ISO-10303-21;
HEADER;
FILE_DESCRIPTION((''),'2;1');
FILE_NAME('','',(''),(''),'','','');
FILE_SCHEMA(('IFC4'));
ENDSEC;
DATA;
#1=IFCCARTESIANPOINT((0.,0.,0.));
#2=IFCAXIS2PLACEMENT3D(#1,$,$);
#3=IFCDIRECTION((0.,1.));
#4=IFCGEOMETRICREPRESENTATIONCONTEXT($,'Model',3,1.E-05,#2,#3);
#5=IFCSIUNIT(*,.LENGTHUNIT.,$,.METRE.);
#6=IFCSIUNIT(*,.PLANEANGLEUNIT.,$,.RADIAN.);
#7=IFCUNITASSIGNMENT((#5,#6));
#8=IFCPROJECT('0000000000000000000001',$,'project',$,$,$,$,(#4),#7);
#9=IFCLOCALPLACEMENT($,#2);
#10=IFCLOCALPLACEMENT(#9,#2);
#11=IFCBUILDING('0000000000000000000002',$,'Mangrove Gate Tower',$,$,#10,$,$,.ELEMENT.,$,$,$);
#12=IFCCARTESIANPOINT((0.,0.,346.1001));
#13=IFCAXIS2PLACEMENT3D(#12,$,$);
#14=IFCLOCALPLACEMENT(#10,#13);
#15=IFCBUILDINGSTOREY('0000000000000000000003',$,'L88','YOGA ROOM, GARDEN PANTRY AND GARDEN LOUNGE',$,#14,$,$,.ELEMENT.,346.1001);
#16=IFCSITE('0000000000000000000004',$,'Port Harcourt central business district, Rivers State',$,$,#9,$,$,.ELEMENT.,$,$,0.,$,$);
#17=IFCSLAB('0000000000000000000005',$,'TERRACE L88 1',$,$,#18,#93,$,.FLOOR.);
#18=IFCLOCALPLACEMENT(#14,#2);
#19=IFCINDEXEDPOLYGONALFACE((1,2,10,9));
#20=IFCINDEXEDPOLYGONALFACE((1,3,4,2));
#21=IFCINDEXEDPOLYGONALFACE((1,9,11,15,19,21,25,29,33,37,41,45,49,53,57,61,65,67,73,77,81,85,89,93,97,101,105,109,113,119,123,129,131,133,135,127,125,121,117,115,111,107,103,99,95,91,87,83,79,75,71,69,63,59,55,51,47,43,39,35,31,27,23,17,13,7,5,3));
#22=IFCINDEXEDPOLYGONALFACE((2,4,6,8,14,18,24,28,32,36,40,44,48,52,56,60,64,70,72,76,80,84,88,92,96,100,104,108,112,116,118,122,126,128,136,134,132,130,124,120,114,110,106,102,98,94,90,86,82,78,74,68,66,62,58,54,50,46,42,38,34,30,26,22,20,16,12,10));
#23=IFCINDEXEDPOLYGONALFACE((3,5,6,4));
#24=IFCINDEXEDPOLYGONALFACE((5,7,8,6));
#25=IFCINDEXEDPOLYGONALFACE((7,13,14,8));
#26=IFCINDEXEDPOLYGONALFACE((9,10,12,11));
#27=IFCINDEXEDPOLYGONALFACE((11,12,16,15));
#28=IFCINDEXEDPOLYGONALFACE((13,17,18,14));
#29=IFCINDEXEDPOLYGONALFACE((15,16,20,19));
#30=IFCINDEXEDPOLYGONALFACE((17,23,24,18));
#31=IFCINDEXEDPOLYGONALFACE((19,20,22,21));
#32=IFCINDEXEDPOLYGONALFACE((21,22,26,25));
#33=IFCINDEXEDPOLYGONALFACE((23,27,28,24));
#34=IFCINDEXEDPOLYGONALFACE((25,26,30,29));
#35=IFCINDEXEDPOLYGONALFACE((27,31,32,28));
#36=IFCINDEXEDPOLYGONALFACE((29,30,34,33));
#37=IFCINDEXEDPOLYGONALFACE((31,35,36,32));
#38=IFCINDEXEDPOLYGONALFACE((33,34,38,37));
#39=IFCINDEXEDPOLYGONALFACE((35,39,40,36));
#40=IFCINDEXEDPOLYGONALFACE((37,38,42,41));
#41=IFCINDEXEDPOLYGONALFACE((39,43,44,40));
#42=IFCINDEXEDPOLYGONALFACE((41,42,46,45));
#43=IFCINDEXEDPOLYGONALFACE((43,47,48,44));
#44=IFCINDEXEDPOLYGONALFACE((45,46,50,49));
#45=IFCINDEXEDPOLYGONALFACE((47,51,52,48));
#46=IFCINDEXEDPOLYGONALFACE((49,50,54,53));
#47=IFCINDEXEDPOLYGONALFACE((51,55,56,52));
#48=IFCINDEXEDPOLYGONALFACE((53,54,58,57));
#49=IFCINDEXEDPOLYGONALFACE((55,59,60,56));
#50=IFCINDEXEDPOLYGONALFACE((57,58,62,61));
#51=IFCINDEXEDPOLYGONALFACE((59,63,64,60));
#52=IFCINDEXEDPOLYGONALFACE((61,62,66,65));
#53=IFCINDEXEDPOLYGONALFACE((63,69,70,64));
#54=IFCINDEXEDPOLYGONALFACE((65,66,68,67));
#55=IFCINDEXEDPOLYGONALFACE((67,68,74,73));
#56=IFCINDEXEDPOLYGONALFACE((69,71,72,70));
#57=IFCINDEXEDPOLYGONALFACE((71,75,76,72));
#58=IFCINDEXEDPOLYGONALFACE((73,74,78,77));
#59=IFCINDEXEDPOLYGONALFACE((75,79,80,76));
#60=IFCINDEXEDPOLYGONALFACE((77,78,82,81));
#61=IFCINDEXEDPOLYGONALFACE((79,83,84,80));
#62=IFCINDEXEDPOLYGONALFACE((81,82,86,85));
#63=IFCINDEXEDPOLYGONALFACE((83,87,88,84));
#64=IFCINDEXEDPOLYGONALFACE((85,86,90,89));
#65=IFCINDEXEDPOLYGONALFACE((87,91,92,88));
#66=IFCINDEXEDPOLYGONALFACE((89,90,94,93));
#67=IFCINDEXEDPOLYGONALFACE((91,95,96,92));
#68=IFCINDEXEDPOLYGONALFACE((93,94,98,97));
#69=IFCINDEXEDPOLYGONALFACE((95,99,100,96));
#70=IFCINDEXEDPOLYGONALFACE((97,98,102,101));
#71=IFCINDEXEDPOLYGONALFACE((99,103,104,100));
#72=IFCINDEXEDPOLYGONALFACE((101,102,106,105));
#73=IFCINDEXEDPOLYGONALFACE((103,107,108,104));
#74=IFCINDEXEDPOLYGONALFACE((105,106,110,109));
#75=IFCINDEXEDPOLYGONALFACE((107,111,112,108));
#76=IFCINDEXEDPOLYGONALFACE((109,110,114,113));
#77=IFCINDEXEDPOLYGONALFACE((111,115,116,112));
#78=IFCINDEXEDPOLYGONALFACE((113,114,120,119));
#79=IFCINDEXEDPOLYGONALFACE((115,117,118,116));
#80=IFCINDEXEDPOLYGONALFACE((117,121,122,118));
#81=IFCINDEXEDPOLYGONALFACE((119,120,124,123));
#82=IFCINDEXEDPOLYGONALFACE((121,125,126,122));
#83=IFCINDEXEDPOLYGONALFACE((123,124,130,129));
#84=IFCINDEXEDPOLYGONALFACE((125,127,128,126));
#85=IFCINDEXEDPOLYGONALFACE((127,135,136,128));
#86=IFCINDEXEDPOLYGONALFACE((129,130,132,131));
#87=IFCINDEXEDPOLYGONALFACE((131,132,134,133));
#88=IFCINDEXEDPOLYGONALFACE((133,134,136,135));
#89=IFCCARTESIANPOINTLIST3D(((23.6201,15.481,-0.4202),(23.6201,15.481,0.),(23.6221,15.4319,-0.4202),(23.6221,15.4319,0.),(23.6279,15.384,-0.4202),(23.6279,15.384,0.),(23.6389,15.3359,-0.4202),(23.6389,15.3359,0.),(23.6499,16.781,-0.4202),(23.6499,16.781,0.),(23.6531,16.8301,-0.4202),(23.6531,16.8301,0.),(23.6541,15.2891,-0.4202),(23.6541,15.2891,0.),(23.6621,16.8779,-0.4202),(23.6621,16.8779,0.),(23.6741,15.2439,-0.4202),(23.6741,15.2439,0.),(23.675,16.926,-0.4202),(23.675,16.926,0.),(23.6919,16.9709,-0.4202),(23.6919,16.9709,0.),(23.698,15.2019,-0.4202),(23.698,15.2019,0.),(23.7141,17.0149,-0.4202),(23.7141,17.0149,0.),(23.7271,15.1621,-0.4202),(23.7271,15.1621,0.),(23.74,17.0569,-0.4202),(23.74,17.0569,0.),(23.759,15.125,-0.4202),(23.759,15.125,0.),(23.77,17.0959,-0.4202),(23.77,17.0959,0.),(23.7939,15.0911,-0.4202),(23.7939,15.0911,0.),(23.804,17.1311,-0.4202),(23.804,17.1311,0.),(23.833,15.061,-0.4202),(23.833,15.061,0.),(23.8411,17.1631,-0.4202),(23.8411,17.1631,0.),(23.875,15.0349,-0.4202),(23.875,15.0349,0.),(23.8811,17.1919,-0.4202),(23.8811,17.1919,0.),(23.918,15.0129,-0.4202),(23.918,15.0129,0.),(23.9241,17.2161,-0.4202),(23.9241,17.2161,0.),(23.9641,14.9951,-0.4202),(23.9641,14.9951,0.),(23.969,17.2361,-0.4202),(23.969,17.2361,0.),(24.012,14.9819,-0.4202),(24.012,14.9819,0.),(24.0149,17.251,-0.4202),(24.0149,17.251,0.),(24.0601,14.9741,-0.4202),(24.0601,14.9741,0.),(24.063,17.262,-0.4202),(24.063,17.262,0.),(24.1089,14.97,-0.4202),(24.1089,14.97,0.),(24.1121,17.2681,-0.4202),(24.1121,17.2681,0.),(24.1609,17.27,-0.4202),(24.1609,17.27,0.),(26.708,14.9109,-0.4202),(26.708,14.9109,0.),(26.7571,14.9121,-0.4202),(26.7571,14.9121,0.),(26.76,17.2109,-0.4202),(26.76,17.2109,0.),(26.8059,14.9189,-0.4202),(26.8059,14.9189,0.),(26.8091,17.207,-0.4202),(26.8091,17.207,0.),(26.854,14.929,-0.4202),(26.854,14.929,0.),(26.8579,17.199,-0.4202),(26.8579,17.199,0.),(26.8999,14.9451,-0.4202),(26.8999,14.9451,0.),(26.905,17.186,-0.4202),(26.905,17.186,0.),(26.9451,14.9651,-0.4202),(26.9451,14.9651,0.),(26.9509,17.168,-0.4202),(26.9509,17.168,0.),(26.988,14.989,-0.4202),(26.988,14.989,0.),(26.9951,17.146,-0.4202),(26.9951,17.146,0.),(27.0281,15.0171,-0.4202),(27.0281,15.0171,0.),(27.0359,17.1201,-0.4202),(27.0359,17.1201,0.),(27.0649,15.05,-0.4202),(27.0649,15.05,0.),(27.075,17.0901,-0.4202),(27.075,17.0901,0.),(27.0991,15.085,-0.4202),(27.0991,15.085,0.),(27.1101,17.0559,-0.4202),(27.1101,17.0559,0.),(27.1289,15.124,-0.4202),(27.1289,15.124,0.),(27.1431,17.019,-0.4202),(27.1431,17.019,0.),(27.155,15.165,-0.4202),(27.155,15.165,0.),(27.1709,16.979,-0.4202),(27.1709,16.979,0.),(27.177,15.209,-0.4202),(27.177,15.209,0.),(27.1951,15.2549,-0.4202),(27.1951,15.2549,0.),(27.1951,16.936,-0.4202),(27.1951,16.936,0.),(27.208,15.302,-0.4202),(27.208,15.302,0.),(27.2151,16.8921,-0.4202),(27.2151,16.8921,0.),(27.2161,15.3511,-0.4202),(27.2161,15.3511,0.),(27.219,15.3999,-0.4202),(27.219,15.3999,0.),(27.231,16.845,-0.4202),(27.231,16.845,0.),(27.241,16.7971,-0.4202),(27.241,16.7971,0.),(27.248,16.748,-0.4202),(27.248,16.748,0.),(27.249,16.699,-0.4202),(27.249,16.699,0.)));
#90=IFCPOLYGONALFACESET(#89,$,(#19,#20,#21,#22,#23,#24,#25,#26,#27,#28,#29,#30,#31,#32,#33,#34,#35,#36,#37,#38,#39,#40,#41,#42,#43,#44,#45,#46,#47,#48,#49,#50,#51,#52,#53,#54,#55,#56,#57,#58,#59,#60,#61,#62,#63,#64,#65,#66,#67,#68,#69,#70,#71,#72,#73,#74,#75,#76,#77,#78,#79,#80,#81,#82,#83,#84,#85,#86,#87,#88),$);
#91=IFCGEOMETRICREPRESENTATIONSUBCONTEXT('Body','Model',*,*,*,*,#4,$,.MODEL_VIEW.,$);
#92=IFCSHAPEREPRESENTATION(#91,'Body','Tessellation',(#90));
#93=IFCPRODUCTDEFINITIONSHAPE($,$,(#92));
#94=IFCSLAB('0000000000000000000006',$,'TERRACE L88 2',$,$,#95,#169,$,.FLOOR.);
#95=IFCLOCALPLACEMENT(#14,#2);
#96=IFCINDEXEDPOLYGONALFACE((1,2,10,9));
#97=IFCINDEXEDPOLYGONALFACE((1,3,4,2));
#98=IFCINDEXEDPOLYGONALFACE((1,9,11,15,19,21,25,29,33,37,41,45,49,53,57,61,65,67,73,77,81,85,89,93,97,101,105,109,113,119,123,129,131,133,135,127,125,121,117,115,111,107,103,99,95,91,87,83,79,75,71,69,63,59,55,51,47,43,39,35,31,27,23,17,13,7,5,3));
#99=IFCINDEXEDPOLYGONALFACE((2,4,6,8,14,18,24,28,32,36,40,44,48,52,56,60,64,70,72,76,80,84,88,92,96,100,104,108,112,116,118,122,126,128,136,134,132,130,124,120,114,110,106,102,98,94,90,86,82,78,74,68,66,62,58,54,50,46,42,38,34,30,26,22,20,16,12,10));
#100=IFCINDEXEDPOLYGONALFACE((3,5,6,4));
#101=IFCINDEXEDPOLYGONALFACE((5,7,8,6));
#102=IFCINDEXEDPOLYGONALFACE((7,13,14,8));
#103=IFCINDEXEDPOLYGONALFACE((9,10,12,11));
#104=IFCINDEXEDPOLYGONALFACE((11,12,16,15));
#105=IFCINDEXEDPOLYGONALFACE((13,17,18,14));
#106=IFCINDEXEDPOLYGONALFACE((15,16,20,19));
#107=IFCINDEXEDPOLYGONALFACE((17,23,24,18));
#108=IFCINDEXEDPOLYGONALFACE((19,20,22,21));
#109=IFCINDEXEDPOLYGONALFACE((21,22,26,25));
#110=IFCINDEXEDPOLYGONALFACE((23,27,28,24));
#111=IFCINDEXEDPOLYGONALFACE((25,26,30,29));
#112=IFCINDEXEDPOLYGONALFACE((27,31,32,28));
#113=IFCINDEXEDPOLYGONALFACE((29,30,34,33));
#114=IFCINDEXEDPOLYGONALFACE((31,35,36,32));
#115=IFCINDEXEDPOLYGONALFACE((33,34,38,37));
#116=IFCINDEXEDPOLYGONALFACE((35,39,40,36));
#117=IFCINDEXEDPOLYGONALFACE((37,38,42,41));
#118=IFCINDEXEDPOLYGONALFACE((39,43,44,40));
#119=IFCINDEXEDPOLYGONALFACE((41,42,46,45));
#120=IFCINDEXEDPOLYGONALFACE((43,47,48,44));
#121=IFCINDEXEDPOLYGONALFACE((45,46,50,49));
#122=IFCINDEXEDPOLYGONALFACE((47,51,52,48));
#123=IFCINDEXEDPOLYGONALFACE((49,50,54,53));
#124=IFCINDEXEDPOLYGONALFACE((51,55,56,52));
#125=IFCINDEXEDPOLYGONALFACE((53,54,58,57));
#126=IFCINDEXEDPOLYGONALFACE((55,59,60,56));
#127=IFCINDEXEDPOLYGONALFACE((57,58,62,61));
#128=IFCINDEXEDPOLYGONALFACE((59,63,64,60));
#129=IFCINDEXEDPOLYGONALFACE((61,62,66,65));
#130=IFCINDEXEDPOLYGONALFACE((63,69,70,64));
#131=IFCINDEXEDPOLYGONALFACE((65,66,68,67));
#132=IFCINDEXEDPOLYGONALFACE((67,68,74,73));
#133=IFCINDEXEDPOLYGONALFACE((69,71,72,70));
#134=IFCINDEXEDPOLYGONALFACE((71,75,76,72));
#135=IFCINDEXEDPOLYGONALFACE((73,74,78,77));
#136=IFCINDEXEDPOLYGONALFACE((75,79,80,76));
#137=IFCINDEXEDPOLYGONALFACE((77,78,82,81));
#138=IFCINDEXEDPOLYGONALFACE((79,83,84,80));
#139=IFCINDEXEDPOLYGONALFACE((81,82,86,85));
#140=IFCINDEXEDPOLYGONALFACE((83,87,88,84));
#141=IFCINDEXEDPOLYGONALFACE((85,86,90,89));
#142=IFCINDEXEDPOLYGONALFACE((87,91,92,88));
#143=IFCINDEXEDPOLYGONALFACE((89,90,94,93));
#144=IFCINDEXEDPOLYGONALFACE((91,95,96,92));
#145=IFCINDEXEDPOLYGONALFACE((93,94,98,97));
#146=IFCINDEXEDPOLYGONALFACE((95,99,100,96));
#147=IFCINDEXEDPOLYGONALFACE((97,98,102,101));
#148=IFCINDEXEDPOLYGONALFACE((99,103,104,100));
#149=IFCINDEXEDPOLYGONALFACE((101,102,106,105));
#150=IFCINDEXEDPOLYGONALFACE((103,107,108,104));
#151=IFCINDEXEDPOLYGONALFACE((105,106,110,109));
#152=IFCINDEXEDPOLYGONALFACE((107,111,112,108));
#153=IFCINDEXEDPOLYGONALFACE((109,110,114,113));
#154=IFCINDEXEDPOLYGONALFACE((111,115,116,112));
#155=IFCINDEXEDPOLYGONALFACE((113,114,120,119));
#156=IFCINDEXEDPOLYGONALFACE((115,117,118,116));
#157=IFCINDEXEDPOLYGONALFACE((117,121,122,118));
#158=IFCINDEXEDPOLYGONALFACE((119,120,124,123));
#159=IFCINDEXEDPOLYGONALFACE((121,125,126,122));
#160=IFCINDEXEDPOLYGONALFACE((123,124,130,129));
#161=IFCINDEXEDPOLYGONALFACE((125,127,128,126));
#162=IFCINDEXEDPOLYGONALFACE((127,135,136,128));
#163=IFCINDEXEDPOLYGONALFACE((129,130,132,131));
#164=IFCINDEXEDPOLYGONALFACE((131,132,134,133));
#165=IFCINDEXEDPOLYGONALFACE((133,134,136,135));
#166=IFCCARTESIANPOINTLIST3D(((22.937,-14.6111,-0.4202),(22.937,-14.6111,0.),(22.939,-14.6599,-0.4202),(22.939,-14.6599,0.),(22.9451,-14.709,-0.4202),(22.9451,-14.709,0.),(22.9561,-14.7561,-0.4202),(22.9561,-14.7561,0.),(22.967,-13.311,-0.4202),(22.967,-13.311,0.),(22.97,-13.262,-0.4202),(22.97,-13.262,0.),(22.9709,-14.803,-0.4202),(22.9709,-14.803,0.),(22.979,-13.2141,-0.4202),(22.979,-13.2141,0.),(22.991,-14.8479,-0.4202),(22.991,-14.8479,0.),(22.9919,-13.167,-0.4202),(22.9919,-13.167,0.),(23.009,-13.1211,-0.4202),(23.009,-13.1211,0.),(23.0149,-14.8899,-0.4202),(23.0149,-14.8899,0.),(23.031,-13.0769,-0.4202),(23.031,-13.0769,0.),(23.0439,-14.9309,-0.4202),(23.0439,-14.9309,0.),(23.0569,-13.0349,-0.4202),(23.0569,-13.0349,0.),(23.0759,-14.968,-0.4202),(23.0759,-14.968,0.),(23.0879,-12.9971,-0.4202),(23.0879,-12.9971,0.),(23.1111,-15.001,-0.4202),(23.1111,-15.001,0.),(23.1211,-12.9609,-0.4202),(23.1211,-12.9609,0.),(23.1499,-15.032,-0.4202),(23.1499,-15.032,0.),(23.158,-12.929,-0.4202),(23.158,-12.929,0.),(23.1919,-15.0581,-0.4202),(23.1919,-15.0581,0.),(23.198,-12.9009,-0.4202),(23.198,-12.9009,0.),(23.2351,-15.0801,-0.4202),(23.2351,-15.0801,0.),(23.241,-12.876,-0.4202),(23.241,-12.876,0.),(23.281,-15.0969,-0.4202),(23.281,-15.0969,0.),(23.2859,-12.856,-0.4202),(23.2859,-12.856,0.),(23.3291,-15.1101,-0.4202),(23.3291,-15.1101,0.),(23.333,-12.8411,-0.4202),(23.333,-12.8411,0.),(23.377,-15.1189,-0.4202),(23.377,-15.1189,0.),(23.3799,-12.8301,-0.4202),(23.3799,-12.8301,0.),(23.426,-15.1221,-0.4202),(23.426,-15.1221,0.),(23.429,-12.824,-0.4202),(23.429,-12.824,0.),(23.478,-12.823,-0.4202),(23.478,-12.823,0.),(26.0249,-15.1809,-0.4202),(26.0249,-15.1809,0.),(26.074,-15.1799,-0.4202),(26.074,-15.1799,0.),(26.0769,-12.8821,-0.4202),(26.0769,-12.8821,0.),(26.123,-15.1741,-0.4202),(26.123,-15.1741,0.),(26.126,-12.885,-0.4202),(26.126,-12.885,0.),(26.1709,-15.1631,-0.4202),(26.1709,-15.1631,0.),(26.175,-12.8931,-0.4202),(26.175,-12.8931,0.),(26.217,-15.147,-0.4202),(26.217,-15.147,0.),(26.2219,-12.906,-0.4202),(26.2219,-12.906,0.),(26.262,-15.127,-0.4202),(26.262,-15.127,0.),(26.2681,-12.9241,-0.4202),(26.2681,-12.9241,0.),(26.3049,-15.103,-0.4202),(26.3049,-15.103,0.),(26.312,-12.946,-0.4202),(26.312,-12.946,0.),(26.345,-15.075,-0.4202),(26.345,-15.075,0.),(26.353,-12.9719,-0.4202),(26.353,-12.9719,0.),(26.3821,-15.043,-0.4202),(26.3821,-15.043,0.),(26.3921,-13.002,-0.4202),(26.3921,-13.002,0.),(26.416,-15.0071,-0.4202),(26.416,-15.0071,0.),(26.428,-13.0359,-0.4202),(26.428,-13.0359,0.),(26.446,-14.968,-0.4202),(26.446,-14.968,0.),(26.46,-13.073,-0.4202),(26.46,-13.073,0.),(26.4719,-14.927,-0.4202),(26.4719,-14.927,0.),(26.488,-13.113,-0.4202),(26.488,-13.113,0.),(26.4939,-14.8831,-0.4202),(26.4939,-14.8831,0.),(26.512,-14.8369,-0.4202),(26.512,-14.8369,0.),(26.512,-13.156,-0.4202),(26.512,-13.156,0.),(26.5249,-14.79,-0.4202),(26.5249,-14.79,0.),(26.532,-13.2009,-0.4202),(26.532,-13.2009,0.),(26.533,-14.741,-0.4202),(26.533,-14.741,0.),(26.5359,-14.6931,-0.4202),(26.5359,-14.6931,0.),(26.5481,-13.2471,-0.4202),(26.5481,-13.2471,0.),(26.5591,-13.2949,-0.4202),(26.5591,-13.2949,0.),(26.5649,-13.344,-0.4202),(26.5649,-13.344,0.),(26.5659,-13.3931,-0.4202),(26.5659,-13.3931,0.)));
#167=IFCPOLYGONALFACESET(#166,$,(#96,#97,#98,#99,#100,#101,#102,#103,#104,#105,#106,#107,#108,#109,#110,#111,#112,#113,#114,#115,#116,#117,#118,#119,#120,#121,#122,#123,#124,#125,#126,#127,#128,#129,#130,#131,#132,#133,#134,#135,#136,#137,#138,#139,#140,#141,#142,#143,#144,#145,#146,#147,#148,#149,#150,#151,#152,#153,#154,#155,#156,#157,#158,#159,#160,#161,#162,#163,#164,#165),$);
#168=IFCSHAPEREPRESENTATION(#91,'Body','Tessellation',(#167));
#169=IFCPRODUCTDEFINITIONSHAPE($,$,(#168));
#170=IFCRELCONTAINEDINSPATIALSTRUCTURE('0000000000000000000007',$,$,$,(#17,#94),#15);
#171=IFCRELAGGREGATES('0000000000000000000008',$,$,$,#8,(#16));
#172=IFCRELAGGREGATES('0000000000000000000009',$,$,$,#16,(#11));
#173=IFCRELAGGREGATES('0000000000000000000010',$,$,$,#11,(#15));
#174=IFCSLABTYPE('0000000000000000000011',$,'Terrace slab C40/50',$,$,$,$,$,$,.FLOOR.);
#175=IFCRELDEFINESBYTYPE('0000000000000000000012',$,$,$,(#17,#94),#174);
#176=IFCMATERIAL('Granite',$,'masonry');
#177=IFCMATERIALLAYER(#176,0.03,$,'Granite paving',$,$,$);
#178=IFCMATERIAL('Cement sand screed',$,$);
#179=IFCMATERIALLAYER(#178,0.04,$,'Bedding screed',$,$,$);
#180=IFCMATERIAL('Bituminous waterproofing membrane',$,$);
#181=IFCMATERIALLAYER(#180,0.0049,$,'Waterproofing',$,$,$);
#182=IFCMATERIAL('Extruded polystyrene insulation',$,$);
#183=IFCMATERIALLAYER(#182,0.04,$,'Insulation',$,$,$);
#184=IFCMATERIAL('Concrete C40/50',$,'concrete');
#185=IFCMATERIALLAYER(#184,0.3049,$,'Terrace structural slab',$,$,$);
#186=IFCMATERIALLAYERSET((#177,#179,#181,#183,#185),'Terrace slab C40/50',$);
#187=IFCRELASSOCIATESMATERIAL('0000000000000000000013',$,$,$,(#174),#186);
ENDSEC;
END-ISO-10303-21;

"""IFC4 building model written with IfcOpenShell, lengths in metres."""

from ifc_helpers import new_model, si_unit, direction, frame, origin, place, context, subcontext, project, spatial, polyline, outline, extrude, material, layer, layer_set, type_object, element, save


model = new_model("IFC4")

# Units and contexts
model_context = context("Model", 3, precision=1e-05, world=origin(), true_north=direction((0.0, 1.0)))
body_context = subcontext(model_context, "Body", "Model", "MODEL_VIEW")
ifc_project = project(units=[si_unit("LENGTHUNIT", "METRE"), si_unit("PLANEANGLEUNIT", "RADIAN")], contexts=[model_context])

# Site, building, storey
site_placement = place(None, origin())
site = spatial("IfcSite", under=ifc_project, at=site_placement, Name="Port Harcourt central business district, Rivers State", CompositionType="ELEMENT", RefElevation=0.0)
building_placement = place(site_placement, origin())
building = spatial("IfcBuilding", under=site, at=building_placement, Name="Mangrove Gate Tower", CompositionType="ELEMENT")
storey_placement = place(building_placement, frame((0.0, 0.0, 346.1001)))
storey = spatial("IfcBuildingStorey", under=building, at=storey_placement, Name="L88", Description="YOGA ROOM, GARDEN PANTRY AND GARDEN LOUNGE", CompositionType="ELEMENT", Elevation=346.1001)

# Slabs
ifc_material_1 = material(Name="Granite", Category="masonry")
ifc_layer_1 = layer(ifc_material_1, 0.03, Name="Granite paving")
ifc_material_2 = material(Name="Cement sand screed")
ifc_layer_2 = layer(ifc_material_2, 0.04, Name="Bedding screed")
ifc_material_3 = material(Name="Bituminous waterproofing membrane")
ifc_layer_3 = layer(ifc_material_3, 0.0049, Name="Waterproofing")
ifc_material_4 = material(Name="Extruded polystyrene insulation")
ifc_layer_4 = layer(ifc_material_4, 0.04, Name="Insulation")
ifc_material_5 = material(Name="Concrete C40/50", Category="concrete")
ifc_layer_5 = layer(ifc_material_5, 0.3049, Name="Terrace structural slab")
ifc_layer_set_1 = layer_set([ifc_layer_1, ifc_layer_2, ifc_layer_3, ifc_layer_4, ifc_layer_5], Name="Terrace slab C40/50")
slab_type_1 = type_object("IfcSlabType", Name="Terrace slab C40/50", PredefinedType="FLOOR", material=ifc_layer_set_1)
slab_1_placement = place(storey_placement, frame((0.0, 0.0, -0.4202)))
element("IfcSlab", 1, at=slab_1_placement, inside=storey, type_object=slab_type_1, Name="TERRACE L88 1", PredefinedType="FLOOR", context=body_context, shape_type="SweptSolid", body=[
    extrude(outline(polyline([(26.76, 17.2109), (24.1609, 17.27), (24.1121, 17.2681), (24.063, 17.262), (24.0149, 17.251), (23.969, 17.2361), (23.9241, 17.2161), (23.8811, 17.1919), (23.8411, 17.1631), (23.804, 17.1311), (23.77, 17.0959), (23.74, 17.0569), (23.7141, 17.0149), (23.6919, 16.9709), (23.675, 16.926), (23.6621, 16.8779), (23.6531, 16.8301), (23.6499, 16.781), (23.6201, 15.481), (23.6221, 15.4319), (23.6279, 15.384), (23.6389, 15.3359), (23.6541, 15.2891), (23.6741, 15.2439), (23.698, 15.2019), (23.7271, 15.1621), (23.759, 15.125), (23.7939, 15.0911), (23.833, 15.061), (23.875, 15.0349), (23.918, 15.0129), (23.9641, 14.9951), (24.012, 14.9819), (24.0601, 14.9741), (24.1089, 14.97), (26.708, 14.9109), (26.7571, 14.9121), (26.8059, 14.9189), (26.854, 14.929), (26.8999, 14.9451), (26.9451, 14.9651), (26.988, 14.989), (27.0281, 15.0171), (27.0649, 15.05), (27.0991, 15.085), (27.1289, 15.124), (27.155, 15.165), (27.177, 15.209), (27.1951, 15.2549), (27.208, 15.302), (27.2161, 15.3511), (27.219, 15.3999), (27.249, 16.699), (27.248, 16.748), (27.241, 16.7971), (27.231, 16.845), (27.2151, 16.8921), (27.1951, 16.936), (27.1709, 16.979), (27.1431, 17.019), (27.1101, 17.0559), (27.075, 17.0901), (27.0359, 17.1201), (26.9951, 17.146), (26.9509, 17.168), (26.905, 17.186), (26.8579, 17.199), (26.8091, 17.207), (26.76, 17.2109)])), origin(), (0.0, 0.0, 1.0), 0.4202),
])
slab_2_placement = place(storey_placement, frame((0.0, 0.0, -0.4202)))
element("IfcSlab", 2, at=slab_2_placement, inside=storey, type_object=slab_type_1, Name="TERRACE L88 2", PredefinedType="FLOOR", context=body_context, shape_type="SweptSolid", body=[
    extrude(outline(polyline([(26.5359, -14.6931), (26.5659, -13.3931), (26.5649, -13.344), (26.5591, -13.2949), (26.5481, -13.2471), (26.532, -13.2009), (26.512, -13.156), (26.488, -13.113), (26.46, -13.073), (26.428, -13.0359), (26.3921, -13.002), (26.353, -12.9719), (26.312, -12.946), (26.2681, -12.9241), (26.2219, -12.906), (26.175, -12.8931), (26.126, -12.885), (26.0769, -12.8821), (23.478, -12.823), (23.429, -12.824), (23.3799, -12.8301), (23.333, -12.8411), (23.2859, -12.856), (23.241, -12.876), (23.198, -12.9009), (23.158, -12.929), (23.1211, -12.9609), (23.0879, -12.9971), (23.0569, -13.0349), (23.031, -13.0769), (23.009, -13.1211), (22.9919, -13.167), (22.979, -13.2141), (22.97, -13.262), (22.967, -13.311), (22.937, -14.6111), (22.939, -14.6599), (22.9451, -14.709), (22.9561, -14.7561), (22.9709, -14.803), (22.991, -14.8479), (23.0149, -14.8899), (23.0439, -14.9309), (23.0759, -14.968), (23.1111, -15.001), (23.1499, -15.032), (23.1919, -15.0581), (23.2351, -15.0801), (23.281, -15.0969), (23.3291, -15.1101), (23.377, -15.1189), (23.426, -15.1221), (26.0249, -15.1809), (26.074, -15.1799), (26.123, -15.1741), (26.1709, -15.1631), (26.217, -15.147), (26.262, -15.127), (26.3049, -15.103), (26.345, -15.075), (26.3821, -15.043), (26.416, -15.0071), (26.446, -14.968), (26.4719, -14.927), (26.4939, -14.8831), (26.512, -14.8369), (26.5249, -14.79), (26.533, -14.741), (26.5359, -14.6931)])), origin(), (0.0, 0.0, 1.0), 0.4202),
])

save(model, "model.ifc")
